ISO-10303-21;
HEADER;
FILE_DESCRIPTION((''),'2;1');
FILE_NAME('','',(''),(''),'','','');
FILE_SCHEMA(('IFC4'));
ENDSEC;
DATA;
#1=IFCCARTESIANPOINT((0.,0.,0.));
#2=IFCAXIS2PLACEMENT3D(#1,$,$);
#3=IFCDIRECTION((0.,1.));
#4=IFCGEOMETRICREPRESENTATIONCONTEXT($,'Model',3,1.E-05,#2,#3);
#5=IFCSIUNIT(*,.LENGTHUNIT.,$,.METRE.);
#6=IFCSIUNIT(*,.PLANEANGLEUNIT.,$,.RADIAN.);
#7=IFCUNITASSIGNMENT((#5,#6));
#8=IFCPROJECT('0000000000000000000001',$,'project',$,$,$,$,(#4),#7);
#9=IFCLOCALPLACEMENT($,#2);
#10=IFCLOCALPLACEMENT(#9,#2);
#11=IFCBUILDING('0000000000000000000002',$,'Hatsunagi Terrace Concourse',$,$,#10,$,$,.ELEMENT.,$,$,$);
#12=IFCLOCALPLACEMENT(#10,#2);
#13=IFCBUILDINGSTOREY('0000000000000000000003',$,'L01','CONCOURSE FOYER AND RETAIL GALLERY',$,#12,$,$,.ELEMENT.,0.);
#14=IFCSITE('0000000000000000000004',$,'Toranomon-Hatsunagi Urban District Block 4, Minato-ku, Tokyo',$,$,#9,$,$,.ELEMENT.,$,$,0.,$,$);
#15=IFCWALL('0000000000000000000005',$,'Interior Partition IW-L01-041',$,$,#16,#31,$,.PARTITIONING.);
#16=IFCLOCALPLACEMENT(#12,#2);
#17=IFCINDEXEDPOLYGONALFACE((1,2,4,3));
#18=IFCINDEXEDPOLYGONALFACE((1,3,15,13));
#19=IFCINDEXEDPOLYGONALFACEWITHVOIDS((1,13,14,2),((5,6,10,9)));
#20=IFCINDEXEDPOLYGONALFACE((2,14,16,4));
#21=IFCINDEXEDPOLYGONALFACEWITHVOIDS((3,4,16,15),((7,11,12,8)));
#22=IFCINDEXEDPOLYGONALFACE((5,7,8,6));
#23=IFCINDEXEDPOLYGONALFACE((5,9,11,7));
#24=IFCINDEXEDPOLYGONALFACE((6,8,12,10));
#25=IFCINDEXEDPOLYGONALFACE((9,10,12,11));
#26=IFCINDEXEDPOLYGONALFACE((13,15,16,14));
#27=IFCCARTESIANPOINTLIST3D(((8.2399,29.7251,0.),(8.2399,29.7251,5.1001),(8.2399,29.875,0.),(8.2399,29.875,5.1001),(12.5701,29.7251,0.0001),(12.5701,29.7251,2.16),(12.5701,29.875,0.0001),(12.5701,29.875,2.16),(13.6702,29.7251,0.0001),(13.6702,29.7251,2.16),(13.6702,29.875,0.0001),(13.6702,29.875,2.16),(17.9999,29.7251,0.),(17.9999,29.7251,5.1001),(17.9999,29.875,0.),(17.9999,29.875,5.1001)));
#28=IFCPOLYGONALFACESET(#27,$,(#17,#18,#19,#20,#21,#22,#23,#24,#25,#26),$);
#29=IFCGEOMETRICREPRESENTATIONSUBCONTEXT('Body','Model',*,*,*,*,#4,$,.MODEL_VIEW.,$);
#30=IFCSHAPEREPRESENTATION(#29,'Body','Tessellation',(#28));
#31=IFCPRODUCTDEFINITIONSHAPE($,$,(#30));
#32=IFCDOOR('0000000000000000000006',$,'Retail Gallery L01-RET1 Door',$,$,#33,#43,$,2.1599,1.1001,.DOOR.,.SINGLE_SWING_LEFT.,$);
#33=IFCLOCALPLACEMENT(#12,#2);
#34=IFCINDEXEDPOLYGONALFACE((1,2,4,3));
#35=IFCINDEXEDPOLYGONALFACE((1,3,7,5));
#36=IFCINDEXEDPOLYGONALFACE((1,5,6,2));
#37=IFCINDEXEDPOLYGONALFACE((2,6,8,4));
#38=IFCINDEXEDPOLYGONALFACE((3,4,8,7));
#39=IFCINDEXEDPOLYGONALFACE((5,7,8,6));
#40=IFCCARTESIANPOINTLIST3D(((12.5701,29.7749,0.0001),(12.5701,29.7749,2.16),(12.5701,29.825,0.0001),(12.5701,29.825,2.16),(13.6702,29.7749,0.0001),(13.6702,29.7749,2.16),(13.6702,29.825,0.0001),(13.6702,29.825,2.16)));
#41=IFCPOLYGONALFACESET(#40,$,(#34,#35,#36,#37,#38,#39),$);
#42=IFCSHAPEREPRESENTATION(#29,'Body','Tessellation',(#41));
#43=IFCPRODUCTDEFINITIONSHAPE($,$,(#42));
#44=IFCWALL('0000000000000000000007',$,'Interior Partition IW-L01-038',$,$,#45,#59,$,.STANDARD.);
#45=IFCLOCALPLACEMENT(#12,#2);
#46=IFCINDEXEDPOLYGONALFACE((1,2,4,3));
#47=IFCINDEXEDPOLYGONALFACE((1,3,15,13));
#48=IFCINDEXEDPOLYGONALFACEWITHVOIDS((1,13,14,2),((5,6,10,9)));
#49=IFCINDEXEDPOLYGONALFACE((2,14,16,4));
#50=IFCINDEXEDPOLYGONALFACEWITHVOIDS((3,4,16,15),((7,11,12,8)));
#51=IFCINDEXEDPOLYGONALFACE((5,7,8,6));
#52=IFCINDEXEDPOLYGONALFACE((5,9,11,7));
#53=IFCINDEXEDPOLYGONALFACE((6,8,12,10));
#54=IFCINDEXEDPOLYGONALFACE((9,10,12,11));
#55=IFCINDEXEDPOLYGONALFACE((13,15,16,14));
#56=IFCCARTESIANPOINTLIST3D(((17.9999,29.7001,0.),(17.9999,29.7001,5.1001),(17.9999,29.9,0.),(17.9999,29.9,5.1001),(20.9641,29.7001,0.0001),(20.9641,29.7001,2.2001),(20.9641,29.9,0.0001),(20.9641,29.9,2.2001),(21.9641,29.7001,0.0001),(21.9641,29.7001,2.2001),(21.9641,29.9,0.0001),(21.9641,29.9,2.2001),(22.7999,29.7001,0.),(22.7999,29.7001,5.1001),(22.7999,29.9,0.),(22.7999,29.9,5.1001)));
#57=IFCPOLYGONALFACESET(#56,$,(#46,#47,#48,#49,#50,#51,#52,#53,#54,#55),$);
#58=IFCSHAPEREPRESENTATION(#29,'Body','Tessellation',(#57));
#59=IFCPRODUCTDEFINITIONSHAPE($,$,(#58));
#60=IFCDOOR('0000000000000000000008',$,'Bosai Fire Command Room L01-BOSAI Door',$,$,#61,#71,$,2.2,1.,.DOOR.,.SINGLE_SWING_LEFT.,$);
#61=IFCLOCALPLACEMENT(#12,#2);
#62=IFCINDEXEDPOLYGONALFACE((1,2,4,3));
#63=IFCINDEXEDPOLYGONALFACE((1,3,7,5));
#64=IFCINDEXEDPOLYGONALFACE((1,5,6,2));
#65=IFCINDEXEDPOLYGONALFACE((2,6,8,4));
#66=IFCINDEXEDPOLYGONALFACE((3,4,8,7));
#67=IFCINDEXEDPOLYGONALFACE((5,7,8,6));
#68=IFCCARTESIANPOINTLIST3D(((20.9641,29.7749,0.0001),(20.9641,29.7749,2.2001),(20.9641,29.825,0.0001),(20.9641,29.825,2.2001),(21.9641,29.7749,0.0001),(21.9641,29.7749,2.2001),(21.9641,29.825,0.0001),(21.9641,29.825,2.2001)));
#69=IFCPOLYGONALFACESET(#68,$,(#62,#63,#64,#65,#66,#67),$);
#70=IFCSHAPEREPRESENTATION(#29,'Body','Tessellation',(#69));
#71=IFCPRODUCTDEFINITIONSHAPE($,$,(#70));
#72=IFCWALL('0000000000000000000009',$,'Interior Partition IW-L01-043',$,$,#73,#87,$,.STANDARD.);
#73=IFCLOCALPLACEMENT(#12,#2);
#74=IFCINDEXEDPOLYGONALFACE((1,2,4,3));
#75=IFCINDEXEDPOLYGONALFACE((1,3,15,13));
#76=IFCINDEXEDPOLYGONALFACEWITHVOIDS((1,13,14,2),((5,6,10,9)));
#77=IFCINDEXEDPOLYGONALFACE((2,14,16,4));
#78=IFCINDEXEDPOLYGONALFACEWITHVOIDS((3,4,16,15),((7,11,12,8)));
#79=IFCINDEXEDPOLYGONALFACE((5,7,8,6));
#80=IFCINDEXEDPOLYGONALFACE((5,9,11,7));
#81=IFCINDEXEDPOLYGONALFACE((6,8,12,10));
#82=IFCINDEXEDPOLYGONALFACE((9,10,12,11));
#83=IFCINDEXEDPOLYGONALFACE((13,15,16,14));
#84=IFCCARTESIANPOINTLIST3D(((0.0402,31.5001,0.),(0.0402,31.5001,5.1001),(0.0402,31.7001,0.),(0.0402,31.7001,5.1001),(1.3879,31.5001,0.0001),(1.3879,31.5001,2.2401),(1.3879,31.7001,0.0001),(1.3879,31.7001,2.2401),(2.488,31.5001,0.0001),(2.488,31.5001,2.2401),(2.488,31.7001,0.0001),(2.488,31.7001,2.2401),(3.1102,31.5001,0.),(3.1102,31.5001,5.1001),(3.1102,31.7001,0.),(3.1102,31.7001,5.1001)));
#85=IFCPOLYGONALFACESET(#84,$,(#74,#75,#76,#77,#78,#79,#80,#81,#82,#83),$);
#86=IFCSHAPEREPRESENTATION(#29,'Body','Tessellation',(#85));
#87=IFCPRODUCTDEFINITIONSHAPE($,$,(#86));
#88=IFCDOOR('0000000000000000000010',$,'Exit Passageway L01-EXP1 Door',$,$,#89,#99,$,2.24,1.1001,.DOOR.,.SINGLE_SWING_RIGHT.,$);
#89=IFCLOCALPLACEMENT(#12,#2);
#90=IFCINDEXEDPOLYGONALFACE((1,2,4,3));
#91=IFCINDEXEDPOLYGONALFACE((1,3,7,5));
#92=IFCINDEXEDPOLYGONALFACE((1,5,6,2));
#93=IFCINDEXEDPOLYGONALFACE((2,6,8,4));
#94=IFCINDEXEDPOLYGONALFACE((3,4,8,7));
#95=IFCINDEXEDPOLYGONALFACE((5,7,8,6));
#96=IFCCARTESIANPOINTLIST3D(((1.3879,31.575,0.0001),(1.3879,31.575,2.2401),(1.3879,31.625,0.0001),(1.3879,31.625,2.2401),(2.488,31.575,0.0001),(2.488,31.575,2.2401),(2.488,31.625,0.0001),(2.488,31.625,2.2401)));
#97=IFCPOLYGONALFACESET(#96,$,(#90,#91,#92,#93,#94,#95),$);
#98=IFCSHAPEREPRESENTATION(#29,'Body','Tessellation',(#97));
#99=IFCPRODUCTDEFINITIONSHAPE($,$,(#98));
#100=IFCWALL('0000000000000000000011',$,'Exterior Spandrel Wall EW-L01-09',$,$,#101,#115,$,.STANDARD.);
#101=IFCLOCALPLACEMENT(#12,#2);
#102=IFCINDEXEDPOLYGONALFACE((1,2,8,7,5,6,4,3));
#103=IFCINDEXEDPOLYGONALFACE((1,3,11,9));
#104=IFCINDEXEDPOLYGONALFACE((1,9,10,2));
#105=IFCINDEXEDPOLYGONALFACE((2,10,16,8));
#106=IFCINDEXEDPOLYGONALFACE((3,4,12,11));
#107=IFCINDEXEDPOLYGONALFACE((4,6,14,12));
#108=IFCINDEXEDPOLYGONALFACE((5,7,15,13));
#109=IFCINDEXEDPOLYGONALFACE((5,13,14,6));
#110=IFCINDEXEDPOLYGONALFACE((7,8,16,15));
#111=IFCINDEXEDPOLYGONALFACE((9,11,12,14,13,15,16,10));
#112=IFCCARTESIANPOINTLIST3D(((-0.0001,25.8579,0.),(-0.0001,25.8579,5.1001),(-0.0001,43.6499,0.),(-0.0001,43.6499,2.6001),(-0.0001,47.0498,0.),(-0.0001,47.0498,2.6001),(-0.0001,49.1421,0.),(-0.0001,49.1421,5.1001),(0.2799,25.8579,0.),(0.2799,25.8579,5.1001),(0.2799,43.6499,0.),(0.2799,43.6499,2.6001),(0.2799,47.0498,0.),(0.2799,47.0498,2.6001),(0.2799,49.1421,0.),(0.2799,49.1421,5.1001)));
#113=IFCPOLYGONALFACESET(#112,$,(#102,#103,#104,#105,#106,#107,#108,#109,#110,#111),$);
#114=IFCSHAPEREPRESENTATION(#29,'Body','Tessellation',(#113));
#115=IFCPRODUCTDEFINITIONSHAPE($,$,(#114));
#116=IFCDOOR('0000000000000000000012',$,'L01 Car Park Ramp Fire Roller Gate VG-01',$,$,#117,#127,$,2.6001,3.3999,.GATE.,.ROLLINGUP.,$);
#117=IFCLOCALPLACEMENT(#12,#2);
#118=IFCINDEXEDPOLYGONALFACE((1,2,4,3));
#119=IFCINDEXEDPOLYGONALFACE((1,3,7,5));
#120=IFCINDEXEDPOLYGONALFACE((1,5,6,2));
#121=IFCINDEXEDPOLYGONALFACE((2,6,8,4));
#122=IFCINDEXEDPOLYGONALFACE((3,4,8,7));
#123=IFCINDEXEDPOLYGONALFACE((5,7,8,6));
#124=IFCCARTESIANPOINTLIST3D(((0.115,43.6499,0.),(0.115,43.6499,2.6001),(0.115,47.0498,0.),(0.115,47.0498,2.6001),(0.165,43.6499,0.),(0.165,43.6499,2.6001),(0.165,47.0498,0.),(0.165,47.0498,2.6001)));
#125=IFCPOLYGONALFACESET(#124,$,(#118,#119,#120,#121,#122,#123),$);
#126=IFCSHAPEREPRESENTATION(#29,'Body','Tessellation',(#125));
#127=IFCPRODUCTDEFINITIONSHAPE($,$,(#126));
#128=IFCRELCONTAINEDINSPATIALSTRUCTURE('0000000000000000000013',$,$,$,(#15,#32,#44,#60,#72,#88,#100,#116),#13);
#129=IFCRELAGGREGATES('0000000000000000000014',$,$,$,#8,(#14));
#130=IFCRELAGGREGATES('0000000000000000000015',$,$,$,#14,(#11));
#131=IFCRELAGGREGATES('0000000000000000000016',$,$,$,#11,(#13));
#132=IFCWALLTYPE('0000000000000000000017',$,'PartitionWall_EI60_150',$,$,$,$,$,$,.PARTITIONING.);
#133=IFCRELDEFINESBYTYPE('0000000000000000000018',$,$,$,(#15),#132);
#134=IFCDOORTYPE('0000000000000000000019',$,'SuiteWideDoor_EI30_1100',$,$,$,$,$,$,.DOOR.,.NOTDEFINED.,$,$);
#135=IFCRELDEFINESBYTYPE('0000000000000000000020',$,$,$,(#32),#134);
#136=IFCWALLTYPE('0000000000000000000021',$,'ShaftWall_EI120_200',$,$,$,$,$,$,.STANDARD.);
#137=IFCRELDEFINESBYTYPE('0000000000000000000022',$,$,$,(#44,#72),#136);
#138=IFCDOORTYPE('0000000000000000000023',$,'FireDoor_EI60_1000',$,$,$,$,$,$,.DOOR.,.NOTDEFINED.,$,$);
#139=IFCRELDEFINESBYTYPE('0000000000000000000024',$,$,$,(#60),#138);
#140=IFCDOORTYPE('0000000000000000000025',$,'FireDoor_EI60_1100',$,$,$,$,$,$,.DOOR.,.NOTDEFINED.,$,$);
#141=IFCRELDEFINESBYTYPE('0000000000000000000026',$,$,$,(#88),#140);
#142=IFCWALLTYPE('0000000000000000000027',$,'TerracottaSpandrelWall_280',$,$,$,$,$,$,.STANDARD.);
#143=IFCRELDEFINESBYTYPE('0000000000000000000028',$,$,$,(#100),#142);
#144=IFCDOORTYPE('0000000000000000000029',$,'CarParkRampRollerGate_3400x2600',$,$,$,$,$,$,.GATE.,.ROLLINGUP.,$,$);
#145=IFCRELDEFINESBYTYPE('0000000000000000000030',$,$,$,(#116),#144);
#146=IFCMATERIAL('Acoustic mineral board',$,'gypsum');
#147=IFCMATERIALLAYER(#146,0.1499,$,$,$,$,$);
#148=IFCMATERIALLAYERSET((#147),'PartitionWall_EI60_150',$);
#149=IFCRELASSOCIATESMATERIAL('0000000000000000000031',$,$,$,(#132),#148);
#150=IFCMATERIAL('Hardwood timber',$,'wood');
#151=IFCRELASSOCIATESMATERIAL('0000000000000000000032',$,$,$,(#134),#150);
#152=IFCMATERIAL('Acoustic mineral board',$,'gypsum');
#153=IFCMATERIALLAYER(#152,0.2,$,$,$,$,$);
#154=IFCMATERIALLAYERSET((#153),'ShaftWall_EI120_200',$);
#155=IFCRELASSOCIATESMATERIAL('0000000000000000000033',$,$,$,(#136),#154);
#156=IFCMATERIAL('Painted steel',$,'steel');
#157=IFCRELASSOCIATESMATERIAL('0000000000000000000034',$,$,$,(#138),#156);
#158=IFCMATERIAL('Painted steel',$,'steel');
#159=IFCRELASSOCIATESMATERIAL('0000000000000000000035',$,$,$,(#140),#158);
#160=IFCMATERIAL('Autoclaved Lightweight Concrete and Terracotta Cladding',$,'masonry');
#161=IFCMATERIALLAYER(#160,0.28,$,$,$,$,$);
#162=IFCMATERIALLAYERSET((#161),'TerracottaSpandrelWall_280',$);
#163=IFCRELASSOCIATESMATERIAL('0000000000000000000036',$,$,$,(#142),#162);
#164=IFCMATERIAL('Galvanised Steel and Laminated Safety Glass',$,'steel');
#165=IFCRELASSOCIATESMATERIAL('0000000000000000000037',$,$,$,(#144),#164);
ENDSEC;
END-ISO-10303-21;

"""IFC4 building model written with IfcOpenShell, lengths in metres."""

from ifc_helpers import new_model, si_unit, direction, frame, frame_2d, origin, place, context, subcontext, project, spatial, rectangle, extrude, material, layer, layer_set, type_object, element, fill, save


model = new_model("IFC4")

# Units and contexts
model_context = context("Model", 3, precision=1e-05, world=origin(), true_north=direction((0.0, 1.0)))
body_context = subcontext(model_context, "Body", "Model", "MODEL_VIEW")
ifc_project = project(units=[si_unit("LENGTHUNIT", "METRE"), si_unit("PLANEANGLEUNIT", "RADIAN")], contexts=[model_context])

# Site, building, storey
site_placement = place(None, origin())
site = spatial("IfcSite", under=ifc_project, at=site_placement, Name="Toranomon-Hatsunagi Urban District Block 4, Minato-ku, Tokyo", CompositionType="ELEMENT", RefElevation=0.0)
building_placement = place(site_placement, origin())
building = spatial("IfcBuilding", under=site, at=building_placement, Name="Hatsunagi Terrace Concourse", CompositionType="ELEMENT")
storey_placement = place(building_placement, origin())
storey = spatial("IfcBuildingStorey", under=building, at=storey_placement, Name="L01", Description="CONCOURSE FOYER AND RETAIL GALLERY", CompositionType="ELEMENT", Elevation=0.0)

# Walls, openings, doors
ifc_material_1 = material(Name="Acoustic mineral board", Category="gypsum")
ifc_layer_1 = layer(ifc_material_1, 0.1499)
ifc_layer_set_1 = layer_set([ifc_layer_1], Name="PartitionWall_EI60_150")
wall_type_1 = type_object("IfcWallType", Name="PartitionWall_EI60_150", PredefinedType="PARTITIONING", material=ifc_layer_set_1)
wall_1_placement = place(storey_placement, frame((8.24, 29.8, 0.0), z_axis=(0.0, 0.0, 1.0), x_axis=(1.0, 0.0, 0.0)))
wall_1 = element("IfcWall", 1, at=wall_1_placement, inside=storey, type_object=wall_type_1, Name="Interior Partition IW-L01-041", PredefinedType="PARTITIONING", context=body_context, shape_type="SweptSolid", body=[
    extrude(rectangle(XDim=9.76, YDim=0.1499, at=frame_2d((4.8799, 0.0))), origin(), (0.0, 0.0, 1.0), 5.1001),
])
opening_1_placement = place(wall_1_placement, frame((4.3301, 0.0, 0.0)))
opening_1 = element("IfcOpeningElement", 2, at=opening_1_placement, cuts=wall_1, PredefinedType="OPENING", context=body_context, shape_type="SweptSolid", body=[
    extrude(rectangle(XDim=1.1001, YDim=2.1599, at=frame_2d((0.55, 1.0801))), frame((0.0, 0.085, 0.0), z_axis=(0.0, -1.0, 0.0), x_axis=(1.0, 0.0, 0.0)), (0.0, 0.0, 1.0), 0.1699),
])
ifc_material_2 = material(Name="Hardwood timber", Category="wood")
door_type_1 = type_object("IfcDoorType", Name="SuiteWideDoor_EI30_1100", OperationType="NOTDEFINED", PredefinedType="DOOR", material=ifc_material_2)
door_1_placement = place(opening_1_placement, origin())
door_1 = element("IfcDoor", 3, at=door_1_placement, inside=storey, type_object=door_type_1, Name="Retail Gallery L01-RET1 Door", OperationType="SINGLE_SWING_LEFT", OverallHeight=2.1599, OverallWidth=1.1001, PredefinedType="DOOR", context=body_context, shape_type="SweptSolid", body=[
    extrude(rectangle(XDim=1.1001, YDim=2.1599, at=frame_2d((0.55, 1.0801))), frame((0.0, 0.0249, 0.0), z_axis=(0.0, -1.0, 0.0), x_axis=(1.0, 0.0, 0.0)), (0.0, 0.0, 1.0), 0.05),
])
fill(opening_1, door_1)
ifc_material_3 = material(Name="Acoustic mineral board", Category="gypsum")
ifc_layer_2 = layer(ifc_material_3, 0.2)
ifc_layer_set_2 = layer_set([ifc_layer_2], Name="ShaftWall_EI120_200")
wall_type_2 = type_object("IfcWallType", Name="ShaftWall_EI120_200", PredefinedType="STANDARD", material=ifc_layer_set_2)
wall_2_placement = place(storey_placement, frame((18.0, 29.8, 0.0), z_axis=(0.0, 0.0, 1.0), x_axis=(1.0, 0.0, 0.0)))
wall_2 = element("IfcWall", 4, at=wall_2_placement, inside=storey, type_object=wall_type_2, Name="Interior Partition IW-L01-038", PredefinedType="STANDARD", context=body_context, shape_type="SweptSolid", body=[
    extrude(rectangle(XDim=4.8, YDim=0.2, at=frame_2d((2.3999, 0.0))), origin(), (0.0, 0.0, 1.0), 5.1001),
])
opening_2_placement = place(wall_2_placement, frame((2.9641, 0.0, 0.0)))
opening_2 = element("IfcOpeningElement", 5, at=opening_2_placement, cuts=wall_2, PredefinedType="OPENING", context=body_context, shape_type="SweptSolid", body=[
    extrude(rectangle(XDim=1.0, YDim=2.2, at=frame_2d((0.5, 1.1001))), frame((0.0, 0.1099, 0.0), z_axis=(0.0, -1.0, 0.0), x_axis=(1.0, 0.0, 0.0)), (0.0, 0.0, 1.0), 0.22),
])
ifc_material_4 = material(Name="Painted steel", Category="steel")
door_type_2 = type_object("IfcDoorType", Name="FireDoor_EI60_1000", OperationType="NOTDEFINED", PredefinedType="DOOR", material=ifc_material_4)
door_2_placement = place(opening_2_placement, origin())
door_2 = element("IfcDoor", 6, at=door_2_placement, inside=storey, type_object=door_type_2, Name="Bosai Fire Command Room L01-BOSAI Door", OperationType="SINGLE_SWING_LEFT", OverallHeight=2.2, OverallWidth=1.0, PredefinedType="DOOR", context=body_context, shape_type="SweptSolid", body=[
    extrude(rectangle(XDim=1.0, YDim=2.2, at=frame_2d((0.5, 1.1001))), frame((0.0, 0.0249, 0.0), z_axis=(0.0, -1.0, 0.0), x_axis=(1.0, 0.0, 0.0)), (0.0, 0.0, 1.0), 0.05),
])
fill(opening_2, door_2)
wall_3_placement = place(storey_placement, frame((0.04, 31.6001, 0.0), z_axis=(0.0, 0.0, 1.0), x_axis=(1.0, 0.0, 0.0)))
wall_3 = element("IfcWall", 7, at=wall_3_placement, inside=storey, type_object=wall_type_2, Name="Interior Partition IW-L01-043", PredefinedType="STANDARD", context=body_context, shape_type="SweptSolid", body=[
    extrude(rectangle(XDim=3.0701, YDim=0.2, at=frame_2d((1.5352, 0.0))), origin(), (0.0, 0.0, 1.0), 5.1001),
])
opening_3_placement = place(wall_3_placement, frame((1.3479, 0.0, 0.0)))
opening_3 = element("IfcOpeningElement", 8, at=opening_3_placement, cuts=wall_3, PredefinedType="OPENING", context=body_context, shape_type="SweptSolid", body=[
    extrude(rectangle(XDim=1.1001, YDim=2.24, at=frame_2d((0.55, 1.1201))), frame((0.0, 0.1099, 0.0), z_axis=(0.0, -1.0, 0.0), x_axis=(1.0, 0.0, 0.0)), (0.0, 0.0, 1.0), 0.22),
])
ifc_material_5 = material(Name="Painted steel", Category="steel")
door_type_3 = type_object("IfcDoorType", Name="FireDoor_EI60_1100", OperationType="NOTDEFINED", PredefinedType="DOOR", material=ifc_material_5)
door_3_placement = place(opening_3_placement, origin())
door_3 = element("IfcDoor", 9, at=door_3_placement, inside=storey, type_object=door_type_3, Name="Exit Passageway L01-EXP1 Door", OperationType="SINGLE_SWING_RIGHT", OverallHeight=2.24, OverallWidth=1.1001, PredefinedType="DOOR", context=body_context, shape_type="SweptSolid", body=[
    extrude(rectangle(XDim=1.1001, YDim=2.24, at=frame_2d((0.55, 1.1201))), frame((0.0, 0.0249, 0.0), z_axis=(0.0, -1.0, 0.0), x_axis=(1.0, 0.0, 0.0)), (0.0, 0.0, 1.0), 0.05),
])
fill(opening_3, door_3)
ifc_material_6 = material(Name="Autoclaved Lightweight Concrete and Terracotta Cladding", Category="masonry")
ifc_layer_3 = layer(ifc_material_6, 0.28)
ifc_layer_set_3 = layer_set([ifc_layer_3], Name="TerracottaSpandrelWall_280")
wall_type_3 = type_object("IfcWallType", Name="TerracottaSpandrelWall_280", PredefinedType="STANDARD", material=ifc_layer_set_3)
wall_4_placement = place(storey_placement, frame((0.1399, 25.8579, 0.0), z_axis=(0.0, 0.0, 1.0), x_axis=(0.0, 1.0, 0.0)))
wall_4 = element("IfcWall", 10, at=wall_4_placement, inside=storey, type_object=wall_type_3, Name="Exterior Spandrel Wall EW-L01-09", PredefinedType="STANDARD", context=body_context, shape_type="SweptSolid", body=[
    extrude(rectangle(XDim=23.2842, YDim=0.28, at=frame_2d((11.6421, 0.0))), origin(), (0.0, 0.0, 1.0), 5.1001),
])
opening_4_placement = place(wall_4_placement, frame((17.792, 0.0, 0.0)))
opening_4 = element("IfcOpeningElement", 11, at=opening_4_placement, cuts=wall_4, PredefinedType="OPENING", context=body_context, shape_type="SweptSolid", body=[
    extrude(rectangle(XDim=3.3999, YDim=2.6001, at=frame_2d((1.7, 1.3))), frame((0.0, 0.1499, 0.0), z_axis=(0.0, -1.0, 0.0), x_axis=(1.0, 0.0, 0.0)), (0.0, 0.0, 1.0), 0.3),
])
ifc_material_7 = material(Name="Galvanised Steel and Laminated Safety Glass", Category="steel")
door_type_4 = type_object("IfcDoorType", Name="CarParkRampRollerGate_3400x2600", OperationType="ROLLINGUP", PredefinedType="GATE", material=ifc_material_7)
door_4_placement = place(opening_4_placement, origin())
door_4 = element("IfcDoor", 12, at=door_4_placement, inside=storey, type_object=door_type_4, Name="L01 Car Park Ramp Fire Roller Gate VG-01", OperationType="ROLLINGUP", OverallHeight=2.6001, OverallWidth=3.3999, PredefinedType="GATE", context=body_context, shape_type="SweptSolid", body=[
    extrude(rectangle(XDim=3.3999, YDim=2.6001, at=frame_2d((1.7, 1.3))), frame((0.0, 0.0249, 0.0), z_axis=(0.0, -1.0, 0.0), x_axis=(1.0, 0.0, 0.0)), (0.0, 0.0, 1.0), 0.05),
])
fill(opening_4, door_4)

save(model, "model.ifc")
